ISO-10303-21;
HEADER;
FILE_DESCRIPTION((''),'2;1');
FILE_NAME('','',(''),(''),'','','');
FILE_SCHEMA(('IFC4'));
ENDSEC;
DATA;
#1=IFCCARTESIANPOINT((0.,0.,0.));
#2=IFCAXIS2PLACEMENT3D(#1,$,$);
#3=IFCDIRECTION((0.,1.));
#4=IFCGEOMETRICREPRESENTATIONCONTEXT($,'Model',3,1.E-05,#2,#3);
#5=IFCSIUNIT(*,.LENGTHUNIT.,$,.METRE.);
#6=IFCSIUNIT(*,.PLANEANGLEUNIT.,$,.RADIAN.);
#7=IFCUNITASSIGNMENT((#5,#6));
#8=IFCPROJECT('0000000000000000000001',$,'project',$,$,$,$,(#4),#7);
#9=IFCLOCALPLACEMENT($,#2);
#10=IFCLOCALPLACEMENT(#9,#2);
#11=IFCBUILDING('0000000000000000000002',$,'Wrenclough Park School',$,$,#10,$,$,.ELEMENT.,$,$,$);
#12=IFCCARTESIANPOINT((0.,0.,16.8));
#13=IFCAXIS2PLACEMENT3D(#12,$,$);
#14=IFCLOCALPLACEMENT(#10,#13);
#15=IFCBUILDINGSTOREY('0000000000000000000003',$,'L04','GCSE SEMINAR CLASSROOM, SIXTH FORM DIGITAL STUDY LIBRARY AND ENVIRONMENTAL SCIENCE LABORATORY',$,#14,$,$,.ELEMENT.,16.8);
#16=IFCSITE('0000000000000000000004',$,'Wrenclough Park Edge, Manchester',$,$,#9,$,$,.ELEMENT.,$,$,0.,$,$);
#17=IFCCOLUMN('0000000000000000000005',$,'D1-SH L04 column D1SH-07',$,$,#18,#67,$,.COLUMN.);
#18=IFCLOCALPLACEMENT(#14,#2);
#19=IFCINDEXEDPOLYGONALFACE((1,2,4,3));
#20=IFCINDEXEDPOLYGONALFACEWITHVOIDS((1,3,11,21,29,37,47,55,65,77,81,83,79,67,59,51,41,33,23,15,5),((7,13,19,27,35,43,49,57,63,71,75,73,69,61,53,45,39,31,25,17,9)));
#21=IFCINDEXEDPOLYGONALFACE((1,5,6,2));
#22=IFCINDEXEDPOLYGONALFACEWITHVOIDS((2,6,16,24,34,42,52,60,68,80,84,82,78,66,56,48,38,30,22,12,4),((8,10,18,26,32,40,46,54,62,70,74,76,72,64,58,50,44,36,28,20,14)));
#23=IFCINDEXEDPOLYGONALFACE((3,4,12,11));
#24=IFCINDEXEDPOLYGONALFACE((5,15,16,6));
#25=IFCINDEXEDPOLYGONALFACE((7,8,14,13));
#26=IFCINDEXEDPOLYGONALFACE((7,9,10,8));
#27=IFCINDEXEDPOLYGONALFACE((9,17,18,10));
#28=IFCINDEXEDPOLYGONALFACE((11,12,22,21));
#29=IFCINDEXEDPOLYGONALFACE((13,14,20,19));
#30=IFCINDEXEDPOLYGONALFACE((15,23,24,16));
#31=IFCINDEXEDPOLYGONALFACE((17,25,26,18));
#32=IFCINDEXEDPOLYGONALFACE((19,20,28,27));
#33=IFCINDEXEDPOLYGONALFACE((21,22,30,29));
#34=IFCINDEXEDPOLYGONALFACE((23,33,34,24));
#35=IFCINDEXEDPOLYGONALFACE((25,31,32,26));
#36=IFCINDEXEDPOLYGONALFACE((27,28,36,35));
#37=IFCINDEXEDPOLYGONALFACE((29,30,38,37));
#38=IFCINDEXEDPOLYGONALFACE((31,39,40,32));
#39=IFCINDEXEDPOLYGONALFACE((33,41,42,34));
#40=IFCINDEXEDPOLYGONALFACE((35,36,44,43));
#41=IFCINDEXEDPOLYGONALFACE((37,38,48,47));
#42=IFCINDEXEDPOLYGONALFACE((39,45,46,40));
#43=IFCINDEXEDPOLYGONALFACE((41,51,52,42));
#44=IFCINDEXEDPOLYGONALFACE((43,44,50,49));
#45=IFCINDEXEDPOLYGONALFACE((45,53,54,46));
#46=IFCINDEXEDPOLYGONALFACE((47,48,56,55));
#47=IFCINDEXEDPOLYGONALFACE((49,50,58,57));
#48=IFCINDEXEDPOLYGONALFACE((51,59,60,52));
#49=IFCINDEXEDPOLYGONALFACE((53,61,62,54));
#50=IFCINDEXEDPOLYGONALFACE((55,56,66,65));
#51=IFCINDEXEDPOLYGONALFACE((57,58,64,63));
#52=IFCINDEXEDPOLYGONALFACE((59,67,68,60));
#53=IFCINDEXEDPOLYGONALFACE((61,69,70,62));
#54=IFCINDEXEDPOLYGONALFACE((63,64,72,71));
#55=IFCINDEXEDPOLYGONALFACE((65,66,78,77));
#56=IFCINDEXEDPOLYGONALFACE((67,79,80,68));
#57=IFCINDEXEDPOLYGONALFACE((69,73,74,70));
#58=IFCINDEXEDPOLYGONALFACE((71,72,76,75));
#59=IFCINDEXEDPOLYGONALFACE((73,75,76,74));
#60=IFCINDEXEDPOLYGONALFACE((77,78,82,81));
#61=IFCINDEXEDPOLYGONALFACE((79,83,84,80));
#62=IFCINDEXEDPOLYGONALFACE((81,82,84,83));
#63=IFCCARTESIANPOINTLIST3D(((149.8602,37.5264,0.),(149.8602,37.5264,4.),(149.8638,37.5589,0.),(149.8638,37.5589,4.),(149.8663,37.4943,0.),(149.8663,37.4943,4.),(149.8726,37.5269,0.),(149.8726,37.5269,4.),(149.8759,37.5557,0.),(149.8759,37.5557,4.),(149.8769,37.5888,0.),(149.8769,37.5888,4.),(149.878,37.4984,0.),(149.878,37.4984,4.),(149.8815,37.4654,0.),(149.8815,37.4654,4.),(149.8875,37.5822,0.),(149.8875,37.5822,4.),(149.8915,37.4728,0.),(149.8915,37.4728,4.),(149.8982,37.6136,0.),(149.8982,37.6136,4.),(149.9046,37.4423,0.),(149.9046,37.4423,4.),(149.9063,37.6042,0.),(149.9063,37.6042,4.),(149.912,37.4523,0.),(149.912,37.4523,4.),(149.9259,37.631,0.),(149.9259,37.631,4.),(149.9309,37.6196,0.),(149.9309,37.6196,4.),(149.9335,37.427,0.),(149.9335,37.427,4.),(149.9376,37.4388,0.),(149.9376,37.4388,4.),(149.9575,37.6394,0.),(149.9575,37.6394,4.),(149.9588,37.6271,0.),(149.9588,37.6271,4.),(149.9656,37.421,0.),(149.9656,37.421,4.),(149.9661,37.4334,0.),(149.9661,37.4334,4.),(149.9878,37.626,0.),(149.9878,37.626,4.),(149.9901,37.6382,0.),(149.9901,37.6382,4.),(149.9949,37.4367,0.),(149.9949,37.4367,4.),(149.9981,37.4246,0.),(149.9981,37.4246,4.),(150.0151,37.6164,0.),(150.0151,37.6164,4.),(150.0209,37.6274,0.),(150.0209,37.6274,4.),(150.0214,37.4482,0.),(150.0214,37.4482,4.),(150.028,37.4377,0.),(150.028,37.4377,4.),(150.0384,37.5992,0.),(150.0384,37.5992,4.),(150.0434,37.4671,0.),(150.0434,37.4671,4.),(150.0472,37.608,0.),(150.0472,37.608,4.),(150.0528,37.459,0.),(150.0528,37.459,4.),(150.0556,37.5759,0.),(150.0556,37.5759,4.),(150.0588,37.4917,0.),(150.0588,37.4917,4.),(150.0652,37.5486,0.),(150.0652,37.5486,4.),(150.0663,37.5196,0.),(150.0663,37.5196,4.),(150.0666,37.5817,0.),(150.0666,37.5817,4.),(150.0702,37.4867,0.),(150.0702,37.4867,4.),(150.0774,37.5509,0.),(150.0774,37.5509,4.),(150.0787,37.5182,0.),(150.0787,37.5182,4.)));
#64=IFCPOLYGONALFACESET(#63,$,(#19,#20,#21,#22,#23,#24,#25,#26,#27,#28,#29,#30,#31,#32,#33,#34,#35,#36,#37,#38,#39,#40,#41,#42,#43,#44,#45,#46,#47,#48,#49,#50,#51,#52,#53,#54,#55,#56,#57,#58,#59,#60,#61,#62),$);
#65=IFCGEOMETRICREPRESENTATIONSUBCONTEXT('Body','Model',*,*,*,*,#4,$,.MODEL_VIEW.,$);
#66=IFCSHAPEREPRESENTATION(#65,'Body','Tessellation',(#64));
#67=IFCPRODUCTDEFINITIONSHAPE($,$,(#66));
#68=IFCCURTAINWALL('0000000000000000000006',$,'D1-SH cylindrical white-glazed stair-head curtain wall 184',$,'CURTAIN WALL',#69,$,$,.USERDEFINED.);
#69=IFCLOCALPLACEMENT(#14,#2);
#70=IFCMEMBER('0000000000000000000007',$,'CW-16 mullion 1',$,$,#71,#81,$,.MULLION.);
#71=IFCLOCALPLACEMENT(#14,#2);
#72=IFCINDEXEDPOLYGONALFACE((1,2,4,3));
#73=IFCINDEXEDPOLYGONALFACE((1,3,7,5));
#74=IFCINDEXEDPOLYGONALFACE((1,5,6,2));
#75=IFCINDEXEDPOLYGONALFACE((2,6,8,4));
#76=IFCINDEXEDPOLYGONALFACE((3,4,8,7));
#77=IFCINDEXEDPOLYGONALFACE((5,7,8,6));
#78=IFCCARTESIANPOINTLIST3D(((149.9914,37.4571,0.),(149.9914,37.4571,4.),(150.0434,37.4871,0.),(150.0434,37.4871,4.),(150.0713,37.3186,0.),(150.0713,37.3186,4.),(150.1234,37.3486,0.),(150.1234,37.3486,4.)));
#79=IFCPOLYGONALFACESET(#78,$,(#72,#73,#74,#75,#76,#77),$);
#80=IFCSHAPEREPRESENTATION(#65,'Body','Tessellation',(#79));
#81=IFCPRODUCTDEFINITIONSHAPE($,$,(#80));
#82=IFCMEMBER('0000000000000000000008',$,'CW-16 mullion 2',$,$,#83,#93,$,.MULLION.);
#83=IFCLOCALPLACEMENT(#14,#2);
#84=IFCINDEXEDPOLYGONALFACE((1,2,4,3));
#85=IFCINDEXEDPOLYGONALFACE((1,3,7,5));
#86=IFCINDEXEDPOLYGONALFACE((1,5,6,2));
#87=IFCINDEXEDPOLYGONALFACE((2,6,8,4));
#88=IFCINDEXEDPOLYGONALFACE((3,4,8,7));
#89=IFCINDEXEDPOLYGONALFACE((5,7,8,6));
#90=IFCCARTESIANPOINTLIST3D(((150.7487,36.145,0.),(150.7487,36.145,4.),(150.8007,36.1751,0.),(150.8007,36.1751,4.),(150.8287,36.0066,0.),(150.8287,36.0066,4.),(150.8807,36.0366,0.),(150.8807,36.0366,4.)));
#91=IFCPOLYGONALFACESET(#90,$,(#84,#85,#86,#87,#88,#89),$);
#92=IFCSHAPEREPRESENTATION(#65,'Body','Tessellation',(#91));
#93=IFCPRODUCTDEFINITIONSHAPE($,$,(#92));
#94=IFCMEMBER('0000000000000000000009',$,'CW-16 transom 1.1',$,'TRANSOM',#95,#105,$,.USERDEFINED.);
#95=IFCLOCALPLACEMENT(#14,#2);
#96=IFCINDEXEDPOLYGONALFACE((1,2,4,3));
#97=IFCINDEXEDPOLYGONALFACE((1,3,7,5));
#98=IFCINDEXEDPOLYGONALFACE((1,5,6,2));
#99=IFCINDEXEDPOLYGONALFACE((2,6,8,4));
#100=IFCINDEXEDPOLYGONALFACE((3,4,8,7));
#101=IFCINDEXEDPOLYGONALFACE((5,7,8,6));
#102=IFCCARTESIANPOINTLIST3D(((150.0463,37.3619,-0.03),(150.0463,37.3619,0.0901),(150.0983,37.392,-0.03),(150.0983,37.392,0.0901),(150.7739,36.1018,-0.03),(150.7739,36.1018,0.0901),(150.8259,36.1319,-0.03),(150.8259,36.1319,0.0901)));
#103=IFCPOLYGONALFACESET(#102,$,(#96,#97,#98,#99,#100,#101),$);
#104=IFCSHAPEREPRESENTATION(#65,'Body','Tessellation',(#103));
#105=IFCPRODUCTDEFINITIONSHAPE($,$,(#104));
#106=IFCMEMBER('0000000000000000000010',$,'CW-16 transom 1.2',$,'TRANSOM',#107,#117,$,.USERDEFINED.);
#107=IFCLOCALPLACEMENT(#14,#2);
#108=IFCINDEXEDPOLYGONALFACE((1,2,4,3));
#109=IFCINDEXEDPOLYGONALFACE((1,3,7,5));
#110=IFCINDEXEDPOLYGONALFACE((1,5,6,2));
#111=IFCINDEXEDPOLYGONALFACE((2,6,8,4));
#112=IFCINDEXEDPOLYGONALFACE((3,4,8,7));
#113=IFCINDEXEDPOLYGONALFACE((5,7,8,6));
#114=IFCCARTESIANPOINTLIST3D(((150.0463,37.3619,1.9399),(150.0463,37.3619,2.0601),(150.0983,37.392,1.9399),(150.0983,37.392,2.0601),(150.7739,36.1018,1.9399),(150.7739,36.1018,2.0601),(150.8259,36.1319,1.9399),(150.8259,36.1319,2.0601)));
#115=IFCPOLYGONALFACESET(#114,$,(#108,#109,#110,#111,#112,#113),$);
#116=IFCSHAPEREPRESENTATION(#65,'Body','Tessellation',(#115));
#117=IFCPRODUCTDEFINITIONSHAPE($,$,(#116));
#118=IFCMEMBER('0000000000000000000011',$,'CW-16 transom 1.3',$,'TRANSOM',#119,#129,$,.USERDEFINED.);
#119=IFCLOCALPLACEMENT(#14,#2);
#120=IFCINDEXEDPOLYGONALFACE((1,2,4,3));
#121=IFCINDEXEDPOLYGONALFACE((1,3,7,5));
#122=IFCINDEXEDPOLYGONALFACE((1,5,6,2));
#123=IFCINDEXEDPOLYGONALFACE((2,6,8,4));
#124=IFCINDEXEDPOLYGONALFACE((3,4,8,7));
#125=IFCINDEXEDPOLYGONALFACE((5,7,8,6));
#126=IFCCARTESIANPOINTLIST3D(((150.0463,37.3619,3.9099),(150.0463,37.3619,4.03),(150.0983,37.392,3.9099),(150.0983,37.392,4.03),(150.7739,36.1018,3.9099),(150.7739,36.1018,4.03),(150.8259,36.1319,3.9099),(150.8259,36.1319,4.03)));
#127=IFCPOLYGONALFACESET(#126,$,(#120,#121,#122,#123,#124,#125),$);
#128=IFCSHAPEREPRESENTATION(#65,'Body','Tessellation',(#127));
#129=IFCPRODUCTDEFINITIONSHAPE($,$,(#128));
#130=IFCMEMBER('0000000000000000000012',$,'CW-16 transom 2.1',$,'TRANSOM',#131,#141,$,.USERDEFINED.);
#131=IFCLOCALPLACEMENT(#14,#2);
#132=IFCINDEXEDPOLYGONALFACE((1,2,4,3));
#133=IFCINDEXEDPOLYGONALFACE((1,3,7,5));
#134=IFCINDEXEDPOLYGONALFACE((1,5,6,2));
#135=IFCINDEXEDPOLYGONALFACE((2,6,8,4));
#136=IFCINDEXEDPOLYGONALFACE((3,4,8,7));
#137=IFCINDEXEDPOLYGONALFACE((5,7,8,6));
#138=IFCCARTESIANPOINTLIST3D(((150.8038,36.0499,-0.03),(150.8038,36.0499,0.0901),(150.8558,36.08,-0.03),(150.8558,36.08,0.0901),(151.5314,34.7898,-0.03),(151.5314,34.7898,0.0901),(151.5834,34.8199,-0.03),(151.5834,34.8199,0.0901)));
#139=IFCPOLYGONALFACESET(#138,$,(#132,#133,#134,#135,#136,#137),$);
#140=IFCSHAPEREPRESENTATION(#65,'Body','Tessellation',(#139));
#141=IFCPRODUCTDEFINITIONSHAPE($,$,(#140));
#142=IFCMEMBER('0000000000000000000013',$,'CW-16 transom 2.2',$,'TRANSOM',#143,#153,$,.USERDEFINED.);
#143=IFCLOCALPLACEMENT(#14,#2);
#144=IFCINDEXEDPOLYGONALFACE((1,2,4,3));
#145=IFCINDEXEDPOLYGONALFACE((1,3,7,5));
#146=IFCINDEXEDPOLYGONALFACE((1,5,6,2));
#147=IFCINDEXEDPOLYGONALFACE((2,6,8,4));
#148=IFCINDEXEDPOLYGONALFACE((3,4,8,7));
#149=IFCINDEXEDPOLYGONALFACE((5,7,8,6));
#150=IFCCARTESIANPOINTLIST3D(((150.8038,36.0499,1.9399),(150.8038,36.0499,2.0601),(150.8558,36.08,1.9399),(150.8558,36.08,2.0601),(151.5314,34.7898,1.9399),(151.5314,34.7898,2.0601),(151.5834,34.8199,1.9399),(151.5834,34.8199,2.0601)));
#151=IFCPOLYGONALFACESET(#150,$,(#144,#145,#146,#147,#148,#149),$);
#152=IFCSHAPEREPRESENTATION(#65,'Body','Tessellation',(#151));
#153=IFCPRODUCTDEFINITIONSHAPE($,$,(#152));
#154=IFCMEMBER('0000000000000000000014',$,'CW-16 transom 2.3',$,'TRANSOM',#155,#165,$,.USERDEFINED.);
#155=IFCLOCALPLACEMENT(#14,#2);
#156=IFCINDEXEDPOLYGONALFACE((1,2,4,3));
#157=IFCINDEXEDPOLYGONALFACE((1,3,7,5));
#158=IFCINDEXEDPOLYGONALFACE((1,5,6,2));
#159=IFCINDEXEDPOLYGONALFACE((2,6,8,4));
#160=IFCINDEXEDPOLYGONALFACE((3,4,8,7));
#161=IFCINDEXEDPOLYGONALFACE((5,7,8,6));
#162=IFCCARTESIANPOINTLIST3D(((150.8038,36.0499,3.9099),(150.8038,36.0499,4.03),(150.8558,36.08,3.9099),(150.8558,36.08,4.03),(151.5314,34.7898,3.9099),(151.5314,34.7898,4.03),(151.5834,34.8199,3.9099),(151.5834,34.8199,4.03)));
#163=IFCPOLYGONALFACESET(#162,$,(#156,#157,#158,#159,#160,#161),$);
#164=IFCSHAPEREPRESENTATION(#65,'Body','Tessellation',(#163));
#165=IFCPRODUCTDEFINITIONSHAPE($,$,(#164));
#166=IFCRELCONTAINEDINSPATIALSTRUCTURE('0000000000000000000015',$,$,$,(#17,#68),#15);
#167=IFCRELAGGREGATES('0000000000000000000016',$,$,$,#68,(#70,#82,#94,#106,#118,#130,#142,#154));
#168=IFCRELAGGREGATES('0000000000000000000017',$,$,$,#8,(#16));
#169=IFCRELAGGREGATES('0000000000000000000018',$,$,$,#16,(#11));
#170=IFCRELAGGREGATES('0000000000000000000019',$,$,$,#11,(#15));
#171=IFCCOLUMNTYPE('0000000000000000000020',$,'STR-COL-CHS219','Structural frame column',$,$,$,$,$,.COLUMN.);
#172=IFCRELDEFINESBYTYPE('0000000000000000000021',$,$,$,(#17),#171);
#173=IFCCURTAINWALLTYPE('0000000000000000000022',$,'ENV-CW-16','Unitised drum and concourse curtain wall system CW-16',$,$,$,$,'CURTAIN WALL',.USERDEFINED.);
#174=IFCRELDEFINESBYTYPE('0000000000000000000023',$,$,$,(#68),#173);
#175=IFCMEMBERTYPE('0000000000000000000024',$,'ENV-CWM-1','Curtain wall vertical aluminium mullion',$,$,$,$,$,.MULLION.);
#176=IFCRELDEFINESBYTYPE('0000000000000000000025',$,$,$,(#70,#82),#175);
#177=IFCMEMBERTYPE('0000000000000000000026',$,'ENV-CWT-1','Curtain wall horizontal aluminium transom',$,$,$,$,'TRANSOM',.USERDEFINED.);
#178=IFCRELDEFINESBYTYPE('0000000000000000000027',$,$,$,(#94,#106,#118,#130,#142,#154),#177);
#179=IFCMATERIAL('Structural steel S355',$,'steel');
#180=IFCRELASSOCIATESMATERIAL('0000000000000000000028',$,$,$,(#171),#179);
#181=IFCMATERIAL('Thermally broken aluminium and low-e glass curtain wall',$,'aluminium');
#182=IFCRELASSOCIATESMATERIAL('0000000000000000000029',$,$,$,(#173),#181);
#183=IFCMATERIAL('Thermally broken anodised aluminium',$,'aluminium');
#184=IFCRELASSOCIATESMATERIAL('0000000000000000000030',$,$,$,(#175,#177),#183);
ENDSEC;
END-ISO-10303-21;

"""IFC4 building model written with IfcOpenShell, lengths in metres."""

from ifc_helpers import new_model, si_unit, direction, frame, origin, origin_2d, place, context, subcontext, project, spatial, rectangle, hollow_circle, extrude, material, material_profile, profile_set, type_object, element, aggregate, save


model = new_model("IFC4")

# Units and contexts
model_context = context("Model", 3, precision=1e-05, world=origin(), true_north=direction((0.0, 1.0)))
body_context = subcontext(model_context, "Body", "Model", "MODEL_VIEW")
ifc_project = project(units=[si_unit("LENGTHUNIT", "METRE"), si_unit("PLANEANGLEUNIT", "RADIAN")], contexts=[model_context])

# Site, building, storey
site_placement = place(None, origin())
site = spatial("IfcSite", under=ifc_project, at=site_placement, Name="Wrenclough Park Edge, Manchester", CompositionType="ELEMENT", RefElevation=0.0)
building_placement = place(site_placement, origin())
building = spatial("IfcBuilding", under=site, at=building_placement, Name="Wrenclough Park School", CompositionType="ELEMENT")
storey_placement = place(building_placement, frame((0.0, 0.0, 16.8)))
storey = spatial("IfcBuildingStorey", under=building, at=storey_placement, Name="L04", Description="GCSE SEMINAR CLASSROOM, SIXTH FORM DIGITAL STUDY LIBRARY AND ENVIRONMENTAL SCIENCE LABORATORY", CompositionType="ELEMENT", Elevation=16.8)

# Column
ifc_material_1 = material(Name="Structural steel S355", Category="steel")
ifc_material_profile_1 = material_profile(ifc_material_1, hollow_circle(Radius=0.1096, WallThickness=0.0125, at=origin_2d()), Name="CHS 219.1x12.5")
ifc_profile_set_1 = profile_set([ifc_material_profile_1], Name="Structural steel S355")
column_type = type_object("IfcColumnType", Name="STR-COL-CHS219", Description="Structural frame column", PredefinedType="COLUMN", material=ifc_profile_set_1)
column_placement = place(storey_placement, frame((149.9697, 37.5305, 0.0), z_axis=(0.0, 0.0, 1.0), x_axis=(0.258819, -0.965926, 0.0)))
element("IfcColumn", 1, at=column_placement, inside=storey, type_object=column_type, Name="D1-SH L04 column D1SH-07", PredefinedType="COLUMN", context=body_context, shape_type="SweptSolid", body=[
    extrude(hollow_circle(Radius=0.1096, WallThickness=0.0125, at=origin_2d()), origin(), (0.0, 0.0, 1.0), 4.0),
])

# Curtain wall, members
ifc_material_2 = material(Name="Thermally broken aluminium and low-e glass curtain wall", Category="aluminium")
curtain_wall_type = type_object("IfcCurtainWallType", Name="ENV-CW-16", Description="Unitised drum and concourse curtain wall system CW-16", ElementType="CURTAIN WALL", PredefinedType="USERDEFINED", material=ifc_material_2)
curtain_wall_placement = place(storey_placement, origin())
curtain_wall = element("IfcCurtainWall", 2, at=curtain_wall_placement, inside=storey, type_object=curtain_wall_type, Name="D1-SH cylindrical white-glazed stair-head curtain wall 184", ObjectType="CURTAIN WALL", PredefinedType="USERDEFINED")
ifc_material_3 = material(Name="Thermally broken anodised aluminium", Category="aluminium")
ifc_material_profile_2 = material_profile(ifc_material_3, rectangle(XDim=0.0601, YDim=0.1599, at=origin_2d()), Name="AL MULLION 60x160")
ifc_profile_set_2 = profile_set([ifc_material_profile_2], Name="Thermally broken anodised aluminium")
member_type_1 = type_object("IfcMemberType", Name="ENV-CWM-1", Description="Curtain wall vertical aluminium mullion", PredefinedType="MULLION", material=ifc_profile_set_2)
member_1_placement = place(storey_placement, frame((150.0574, 37.4028, 0.0), z_axis=(0.0, 0.0, 1.0), x_axis=(0.866024, 0.500003, 0.0)))
member_1 = element("IfcMember", 3, at=member_1_placement, type_object=member_type_1, Name="CW-16 mullion 1", PredefinedType="MULLION", context=body_context, shape_type="SweptSolid", body=[
    extrude(rectangle(XDim=0.0601, YDim=0.1599, at=origin_2d()), origin(), (0.0, 0.0, 1.0), 4.0),
])
member_2_placement = place(storey_placement, frame((150.8147, 36.0908, 0.0), z_axis=(0.0, 0.0, 1.0), x_axis=(0.866024, 0.500003, 0.0)))
member_2 = element("IfcMember", 4, at=member_2_placement, type_object=member_type_1, Name="CW-16 mullion 2", PredefinedType="MULLION", context=body_context, shape_type="SweptSolid", body=[
    extrude(rectangle(XDim=0.0601, YDim=0.1599, at=origin_2d()), origin(), (0.0, 0.0, 1.0), 4.0),
])
ifc_material_profile_3 = material_profile(ifc_material_3, rectangle(XDim=0.0601, YDim=0.1201, at=origin_2d()), Name="AL TRANSOM 60x120")
ifc_profile_set_3 = profile_set([ifc_material_profile_3], Name="Thermally broken anodised aluminium")
member_type_2 = type_object("IfcMemberType", Name="ENV-CWT-1", Description="Curtain wall horizontal aluminium transom", ElementType="TRANSOM", PredefinedType="USERDEFINED", material=ifc_profile_set_3)
member_3_placement = place(storey_placement, frame((150.0723, 37.377, 0.03), z_axis=(0.500037, -0.866004, 0.0), x_axis=(0.866004, 0.500037, 0.0)))
member_3 = element("IfcMember", 5, at=member_3_placement, type_object=member_type_2, Name="CW-16 transom 1.1", ObjectType="TRANSOM", PredefinedType="USERDEFINED", context=body_context, shape_type="SweptSolid", body=[
    extrude(rectangle(XDim=0.0601, YDim=0.1201, at=origin_2d()), origin(), (0.0, 0.0, 1.0), 1.4551),
])
member_4_placement = place(storey_placement, frame((150.0723, 37.377, 2.0), z_axis=(0.500037, -0.866004, 0.0), x_axis=(0.866004, 0.500037, 0.0)))
member_4 = element("IfcMember", 6, at=member_4_placement, type_object=member_type_2, Name="CW-16 transom 1.2", ObjectType="TRANSOM", PredefinedType="USERDEFINED", context=body_context, shape_type="SweptSolid", body=[
    extrude(rectangle(XDim=0.0601, YDim=0.1201, at=origin_2d()), origin(), (0.0, 0.0, 1.0), 1.4551),
])
member_5_placement = place(storey_placement, frame((150.0723, 37.377, 3.97), z_axis=(0.500037, -0.866004, 0.0), x_axis=(0.866004, 0.500037, 0.0)))
member_5 = element("IfcMember", 7, at=member_5_placement, type_object=member_type_2, Name="CW-16 transom 1.3", ObjectType="TRANSOM", PredefinedType="USERDEFINED", context=body_context, shape_type="SweptSolid", body=[
    extrude(rectangle(XDim=0.0601, YDim=0.1201, at=origin_2d()), origin(), (0.0, 0.0, 1.0), 1.4551),
])
member_6_placement = place(storey_placement, frame((150.8298, 36.0649, 0.03), z_axis=(0.500037, -0.866004, 0.0), x_axis=(0.866004, 0.500037, 0.0)))
member_6 = element("IfcMember", 8, at=member_6_placement, type_object=member_type_2, Name="CW-16 transom 2.1", ObjectType="TRANSOM", PredefinedType="USERDEFINED", context=body_context, shape_type="SweptSolid", body=[
    extrude(rectangle(XDim=0.0601, YDim=0.1201, at=origin_2d()), origin(), (0.0, 0.0, 1.0), 1.4551),
])
member_7_placement = place(storey_placement, frame((150.8298, 36.0649, 2.0), z_axis=(0.500037, -0.866004, 0.0), x_axis=(0.866004, 0.500037, 0.0)))
member_7 = element("IfcMember", 9, at=member_7_placement, type_object=member_type_2, Name="CW-16 transom 2.2", ObjectType="TRANSOM", PredefinedType="USERDEFINED", context=body_context, shape_type="SweptSolid", body=[
    extrude(rectangle(XDim=0.0601, YDim=0.1201, at=origin_2d()), origin(), (0.0, 0.0, 1.0), 1.4551),
])
member_8_placement = place(storey_placement, frame((150.8298, 36.0649, 3.97), z_axis=(0.500037, -0.866004, 0.0), x_axis=(0.866004, 0.500037, 0.0)))
member_8 = element("IfcMember", 10, at=member_8_placement, type_object=member_type_2, Name="CW-16 transom 2.3", ObjectType="TRANSOM", PredefinedType="USERDEFINED", context=body_context, shape_type="SweptSolid", body=[
    extrude(rectangle(XDim=0.0601, YDim=0.1201, at=origin_2d()), origin(), (0.0, 0.0, 1.0), 1.4551),
])

aggregate(curtain_wall, [member_1, member_2, member_3, member_4, member_5, member_6, member_7, member_8])

save(model, "model.ifc")
